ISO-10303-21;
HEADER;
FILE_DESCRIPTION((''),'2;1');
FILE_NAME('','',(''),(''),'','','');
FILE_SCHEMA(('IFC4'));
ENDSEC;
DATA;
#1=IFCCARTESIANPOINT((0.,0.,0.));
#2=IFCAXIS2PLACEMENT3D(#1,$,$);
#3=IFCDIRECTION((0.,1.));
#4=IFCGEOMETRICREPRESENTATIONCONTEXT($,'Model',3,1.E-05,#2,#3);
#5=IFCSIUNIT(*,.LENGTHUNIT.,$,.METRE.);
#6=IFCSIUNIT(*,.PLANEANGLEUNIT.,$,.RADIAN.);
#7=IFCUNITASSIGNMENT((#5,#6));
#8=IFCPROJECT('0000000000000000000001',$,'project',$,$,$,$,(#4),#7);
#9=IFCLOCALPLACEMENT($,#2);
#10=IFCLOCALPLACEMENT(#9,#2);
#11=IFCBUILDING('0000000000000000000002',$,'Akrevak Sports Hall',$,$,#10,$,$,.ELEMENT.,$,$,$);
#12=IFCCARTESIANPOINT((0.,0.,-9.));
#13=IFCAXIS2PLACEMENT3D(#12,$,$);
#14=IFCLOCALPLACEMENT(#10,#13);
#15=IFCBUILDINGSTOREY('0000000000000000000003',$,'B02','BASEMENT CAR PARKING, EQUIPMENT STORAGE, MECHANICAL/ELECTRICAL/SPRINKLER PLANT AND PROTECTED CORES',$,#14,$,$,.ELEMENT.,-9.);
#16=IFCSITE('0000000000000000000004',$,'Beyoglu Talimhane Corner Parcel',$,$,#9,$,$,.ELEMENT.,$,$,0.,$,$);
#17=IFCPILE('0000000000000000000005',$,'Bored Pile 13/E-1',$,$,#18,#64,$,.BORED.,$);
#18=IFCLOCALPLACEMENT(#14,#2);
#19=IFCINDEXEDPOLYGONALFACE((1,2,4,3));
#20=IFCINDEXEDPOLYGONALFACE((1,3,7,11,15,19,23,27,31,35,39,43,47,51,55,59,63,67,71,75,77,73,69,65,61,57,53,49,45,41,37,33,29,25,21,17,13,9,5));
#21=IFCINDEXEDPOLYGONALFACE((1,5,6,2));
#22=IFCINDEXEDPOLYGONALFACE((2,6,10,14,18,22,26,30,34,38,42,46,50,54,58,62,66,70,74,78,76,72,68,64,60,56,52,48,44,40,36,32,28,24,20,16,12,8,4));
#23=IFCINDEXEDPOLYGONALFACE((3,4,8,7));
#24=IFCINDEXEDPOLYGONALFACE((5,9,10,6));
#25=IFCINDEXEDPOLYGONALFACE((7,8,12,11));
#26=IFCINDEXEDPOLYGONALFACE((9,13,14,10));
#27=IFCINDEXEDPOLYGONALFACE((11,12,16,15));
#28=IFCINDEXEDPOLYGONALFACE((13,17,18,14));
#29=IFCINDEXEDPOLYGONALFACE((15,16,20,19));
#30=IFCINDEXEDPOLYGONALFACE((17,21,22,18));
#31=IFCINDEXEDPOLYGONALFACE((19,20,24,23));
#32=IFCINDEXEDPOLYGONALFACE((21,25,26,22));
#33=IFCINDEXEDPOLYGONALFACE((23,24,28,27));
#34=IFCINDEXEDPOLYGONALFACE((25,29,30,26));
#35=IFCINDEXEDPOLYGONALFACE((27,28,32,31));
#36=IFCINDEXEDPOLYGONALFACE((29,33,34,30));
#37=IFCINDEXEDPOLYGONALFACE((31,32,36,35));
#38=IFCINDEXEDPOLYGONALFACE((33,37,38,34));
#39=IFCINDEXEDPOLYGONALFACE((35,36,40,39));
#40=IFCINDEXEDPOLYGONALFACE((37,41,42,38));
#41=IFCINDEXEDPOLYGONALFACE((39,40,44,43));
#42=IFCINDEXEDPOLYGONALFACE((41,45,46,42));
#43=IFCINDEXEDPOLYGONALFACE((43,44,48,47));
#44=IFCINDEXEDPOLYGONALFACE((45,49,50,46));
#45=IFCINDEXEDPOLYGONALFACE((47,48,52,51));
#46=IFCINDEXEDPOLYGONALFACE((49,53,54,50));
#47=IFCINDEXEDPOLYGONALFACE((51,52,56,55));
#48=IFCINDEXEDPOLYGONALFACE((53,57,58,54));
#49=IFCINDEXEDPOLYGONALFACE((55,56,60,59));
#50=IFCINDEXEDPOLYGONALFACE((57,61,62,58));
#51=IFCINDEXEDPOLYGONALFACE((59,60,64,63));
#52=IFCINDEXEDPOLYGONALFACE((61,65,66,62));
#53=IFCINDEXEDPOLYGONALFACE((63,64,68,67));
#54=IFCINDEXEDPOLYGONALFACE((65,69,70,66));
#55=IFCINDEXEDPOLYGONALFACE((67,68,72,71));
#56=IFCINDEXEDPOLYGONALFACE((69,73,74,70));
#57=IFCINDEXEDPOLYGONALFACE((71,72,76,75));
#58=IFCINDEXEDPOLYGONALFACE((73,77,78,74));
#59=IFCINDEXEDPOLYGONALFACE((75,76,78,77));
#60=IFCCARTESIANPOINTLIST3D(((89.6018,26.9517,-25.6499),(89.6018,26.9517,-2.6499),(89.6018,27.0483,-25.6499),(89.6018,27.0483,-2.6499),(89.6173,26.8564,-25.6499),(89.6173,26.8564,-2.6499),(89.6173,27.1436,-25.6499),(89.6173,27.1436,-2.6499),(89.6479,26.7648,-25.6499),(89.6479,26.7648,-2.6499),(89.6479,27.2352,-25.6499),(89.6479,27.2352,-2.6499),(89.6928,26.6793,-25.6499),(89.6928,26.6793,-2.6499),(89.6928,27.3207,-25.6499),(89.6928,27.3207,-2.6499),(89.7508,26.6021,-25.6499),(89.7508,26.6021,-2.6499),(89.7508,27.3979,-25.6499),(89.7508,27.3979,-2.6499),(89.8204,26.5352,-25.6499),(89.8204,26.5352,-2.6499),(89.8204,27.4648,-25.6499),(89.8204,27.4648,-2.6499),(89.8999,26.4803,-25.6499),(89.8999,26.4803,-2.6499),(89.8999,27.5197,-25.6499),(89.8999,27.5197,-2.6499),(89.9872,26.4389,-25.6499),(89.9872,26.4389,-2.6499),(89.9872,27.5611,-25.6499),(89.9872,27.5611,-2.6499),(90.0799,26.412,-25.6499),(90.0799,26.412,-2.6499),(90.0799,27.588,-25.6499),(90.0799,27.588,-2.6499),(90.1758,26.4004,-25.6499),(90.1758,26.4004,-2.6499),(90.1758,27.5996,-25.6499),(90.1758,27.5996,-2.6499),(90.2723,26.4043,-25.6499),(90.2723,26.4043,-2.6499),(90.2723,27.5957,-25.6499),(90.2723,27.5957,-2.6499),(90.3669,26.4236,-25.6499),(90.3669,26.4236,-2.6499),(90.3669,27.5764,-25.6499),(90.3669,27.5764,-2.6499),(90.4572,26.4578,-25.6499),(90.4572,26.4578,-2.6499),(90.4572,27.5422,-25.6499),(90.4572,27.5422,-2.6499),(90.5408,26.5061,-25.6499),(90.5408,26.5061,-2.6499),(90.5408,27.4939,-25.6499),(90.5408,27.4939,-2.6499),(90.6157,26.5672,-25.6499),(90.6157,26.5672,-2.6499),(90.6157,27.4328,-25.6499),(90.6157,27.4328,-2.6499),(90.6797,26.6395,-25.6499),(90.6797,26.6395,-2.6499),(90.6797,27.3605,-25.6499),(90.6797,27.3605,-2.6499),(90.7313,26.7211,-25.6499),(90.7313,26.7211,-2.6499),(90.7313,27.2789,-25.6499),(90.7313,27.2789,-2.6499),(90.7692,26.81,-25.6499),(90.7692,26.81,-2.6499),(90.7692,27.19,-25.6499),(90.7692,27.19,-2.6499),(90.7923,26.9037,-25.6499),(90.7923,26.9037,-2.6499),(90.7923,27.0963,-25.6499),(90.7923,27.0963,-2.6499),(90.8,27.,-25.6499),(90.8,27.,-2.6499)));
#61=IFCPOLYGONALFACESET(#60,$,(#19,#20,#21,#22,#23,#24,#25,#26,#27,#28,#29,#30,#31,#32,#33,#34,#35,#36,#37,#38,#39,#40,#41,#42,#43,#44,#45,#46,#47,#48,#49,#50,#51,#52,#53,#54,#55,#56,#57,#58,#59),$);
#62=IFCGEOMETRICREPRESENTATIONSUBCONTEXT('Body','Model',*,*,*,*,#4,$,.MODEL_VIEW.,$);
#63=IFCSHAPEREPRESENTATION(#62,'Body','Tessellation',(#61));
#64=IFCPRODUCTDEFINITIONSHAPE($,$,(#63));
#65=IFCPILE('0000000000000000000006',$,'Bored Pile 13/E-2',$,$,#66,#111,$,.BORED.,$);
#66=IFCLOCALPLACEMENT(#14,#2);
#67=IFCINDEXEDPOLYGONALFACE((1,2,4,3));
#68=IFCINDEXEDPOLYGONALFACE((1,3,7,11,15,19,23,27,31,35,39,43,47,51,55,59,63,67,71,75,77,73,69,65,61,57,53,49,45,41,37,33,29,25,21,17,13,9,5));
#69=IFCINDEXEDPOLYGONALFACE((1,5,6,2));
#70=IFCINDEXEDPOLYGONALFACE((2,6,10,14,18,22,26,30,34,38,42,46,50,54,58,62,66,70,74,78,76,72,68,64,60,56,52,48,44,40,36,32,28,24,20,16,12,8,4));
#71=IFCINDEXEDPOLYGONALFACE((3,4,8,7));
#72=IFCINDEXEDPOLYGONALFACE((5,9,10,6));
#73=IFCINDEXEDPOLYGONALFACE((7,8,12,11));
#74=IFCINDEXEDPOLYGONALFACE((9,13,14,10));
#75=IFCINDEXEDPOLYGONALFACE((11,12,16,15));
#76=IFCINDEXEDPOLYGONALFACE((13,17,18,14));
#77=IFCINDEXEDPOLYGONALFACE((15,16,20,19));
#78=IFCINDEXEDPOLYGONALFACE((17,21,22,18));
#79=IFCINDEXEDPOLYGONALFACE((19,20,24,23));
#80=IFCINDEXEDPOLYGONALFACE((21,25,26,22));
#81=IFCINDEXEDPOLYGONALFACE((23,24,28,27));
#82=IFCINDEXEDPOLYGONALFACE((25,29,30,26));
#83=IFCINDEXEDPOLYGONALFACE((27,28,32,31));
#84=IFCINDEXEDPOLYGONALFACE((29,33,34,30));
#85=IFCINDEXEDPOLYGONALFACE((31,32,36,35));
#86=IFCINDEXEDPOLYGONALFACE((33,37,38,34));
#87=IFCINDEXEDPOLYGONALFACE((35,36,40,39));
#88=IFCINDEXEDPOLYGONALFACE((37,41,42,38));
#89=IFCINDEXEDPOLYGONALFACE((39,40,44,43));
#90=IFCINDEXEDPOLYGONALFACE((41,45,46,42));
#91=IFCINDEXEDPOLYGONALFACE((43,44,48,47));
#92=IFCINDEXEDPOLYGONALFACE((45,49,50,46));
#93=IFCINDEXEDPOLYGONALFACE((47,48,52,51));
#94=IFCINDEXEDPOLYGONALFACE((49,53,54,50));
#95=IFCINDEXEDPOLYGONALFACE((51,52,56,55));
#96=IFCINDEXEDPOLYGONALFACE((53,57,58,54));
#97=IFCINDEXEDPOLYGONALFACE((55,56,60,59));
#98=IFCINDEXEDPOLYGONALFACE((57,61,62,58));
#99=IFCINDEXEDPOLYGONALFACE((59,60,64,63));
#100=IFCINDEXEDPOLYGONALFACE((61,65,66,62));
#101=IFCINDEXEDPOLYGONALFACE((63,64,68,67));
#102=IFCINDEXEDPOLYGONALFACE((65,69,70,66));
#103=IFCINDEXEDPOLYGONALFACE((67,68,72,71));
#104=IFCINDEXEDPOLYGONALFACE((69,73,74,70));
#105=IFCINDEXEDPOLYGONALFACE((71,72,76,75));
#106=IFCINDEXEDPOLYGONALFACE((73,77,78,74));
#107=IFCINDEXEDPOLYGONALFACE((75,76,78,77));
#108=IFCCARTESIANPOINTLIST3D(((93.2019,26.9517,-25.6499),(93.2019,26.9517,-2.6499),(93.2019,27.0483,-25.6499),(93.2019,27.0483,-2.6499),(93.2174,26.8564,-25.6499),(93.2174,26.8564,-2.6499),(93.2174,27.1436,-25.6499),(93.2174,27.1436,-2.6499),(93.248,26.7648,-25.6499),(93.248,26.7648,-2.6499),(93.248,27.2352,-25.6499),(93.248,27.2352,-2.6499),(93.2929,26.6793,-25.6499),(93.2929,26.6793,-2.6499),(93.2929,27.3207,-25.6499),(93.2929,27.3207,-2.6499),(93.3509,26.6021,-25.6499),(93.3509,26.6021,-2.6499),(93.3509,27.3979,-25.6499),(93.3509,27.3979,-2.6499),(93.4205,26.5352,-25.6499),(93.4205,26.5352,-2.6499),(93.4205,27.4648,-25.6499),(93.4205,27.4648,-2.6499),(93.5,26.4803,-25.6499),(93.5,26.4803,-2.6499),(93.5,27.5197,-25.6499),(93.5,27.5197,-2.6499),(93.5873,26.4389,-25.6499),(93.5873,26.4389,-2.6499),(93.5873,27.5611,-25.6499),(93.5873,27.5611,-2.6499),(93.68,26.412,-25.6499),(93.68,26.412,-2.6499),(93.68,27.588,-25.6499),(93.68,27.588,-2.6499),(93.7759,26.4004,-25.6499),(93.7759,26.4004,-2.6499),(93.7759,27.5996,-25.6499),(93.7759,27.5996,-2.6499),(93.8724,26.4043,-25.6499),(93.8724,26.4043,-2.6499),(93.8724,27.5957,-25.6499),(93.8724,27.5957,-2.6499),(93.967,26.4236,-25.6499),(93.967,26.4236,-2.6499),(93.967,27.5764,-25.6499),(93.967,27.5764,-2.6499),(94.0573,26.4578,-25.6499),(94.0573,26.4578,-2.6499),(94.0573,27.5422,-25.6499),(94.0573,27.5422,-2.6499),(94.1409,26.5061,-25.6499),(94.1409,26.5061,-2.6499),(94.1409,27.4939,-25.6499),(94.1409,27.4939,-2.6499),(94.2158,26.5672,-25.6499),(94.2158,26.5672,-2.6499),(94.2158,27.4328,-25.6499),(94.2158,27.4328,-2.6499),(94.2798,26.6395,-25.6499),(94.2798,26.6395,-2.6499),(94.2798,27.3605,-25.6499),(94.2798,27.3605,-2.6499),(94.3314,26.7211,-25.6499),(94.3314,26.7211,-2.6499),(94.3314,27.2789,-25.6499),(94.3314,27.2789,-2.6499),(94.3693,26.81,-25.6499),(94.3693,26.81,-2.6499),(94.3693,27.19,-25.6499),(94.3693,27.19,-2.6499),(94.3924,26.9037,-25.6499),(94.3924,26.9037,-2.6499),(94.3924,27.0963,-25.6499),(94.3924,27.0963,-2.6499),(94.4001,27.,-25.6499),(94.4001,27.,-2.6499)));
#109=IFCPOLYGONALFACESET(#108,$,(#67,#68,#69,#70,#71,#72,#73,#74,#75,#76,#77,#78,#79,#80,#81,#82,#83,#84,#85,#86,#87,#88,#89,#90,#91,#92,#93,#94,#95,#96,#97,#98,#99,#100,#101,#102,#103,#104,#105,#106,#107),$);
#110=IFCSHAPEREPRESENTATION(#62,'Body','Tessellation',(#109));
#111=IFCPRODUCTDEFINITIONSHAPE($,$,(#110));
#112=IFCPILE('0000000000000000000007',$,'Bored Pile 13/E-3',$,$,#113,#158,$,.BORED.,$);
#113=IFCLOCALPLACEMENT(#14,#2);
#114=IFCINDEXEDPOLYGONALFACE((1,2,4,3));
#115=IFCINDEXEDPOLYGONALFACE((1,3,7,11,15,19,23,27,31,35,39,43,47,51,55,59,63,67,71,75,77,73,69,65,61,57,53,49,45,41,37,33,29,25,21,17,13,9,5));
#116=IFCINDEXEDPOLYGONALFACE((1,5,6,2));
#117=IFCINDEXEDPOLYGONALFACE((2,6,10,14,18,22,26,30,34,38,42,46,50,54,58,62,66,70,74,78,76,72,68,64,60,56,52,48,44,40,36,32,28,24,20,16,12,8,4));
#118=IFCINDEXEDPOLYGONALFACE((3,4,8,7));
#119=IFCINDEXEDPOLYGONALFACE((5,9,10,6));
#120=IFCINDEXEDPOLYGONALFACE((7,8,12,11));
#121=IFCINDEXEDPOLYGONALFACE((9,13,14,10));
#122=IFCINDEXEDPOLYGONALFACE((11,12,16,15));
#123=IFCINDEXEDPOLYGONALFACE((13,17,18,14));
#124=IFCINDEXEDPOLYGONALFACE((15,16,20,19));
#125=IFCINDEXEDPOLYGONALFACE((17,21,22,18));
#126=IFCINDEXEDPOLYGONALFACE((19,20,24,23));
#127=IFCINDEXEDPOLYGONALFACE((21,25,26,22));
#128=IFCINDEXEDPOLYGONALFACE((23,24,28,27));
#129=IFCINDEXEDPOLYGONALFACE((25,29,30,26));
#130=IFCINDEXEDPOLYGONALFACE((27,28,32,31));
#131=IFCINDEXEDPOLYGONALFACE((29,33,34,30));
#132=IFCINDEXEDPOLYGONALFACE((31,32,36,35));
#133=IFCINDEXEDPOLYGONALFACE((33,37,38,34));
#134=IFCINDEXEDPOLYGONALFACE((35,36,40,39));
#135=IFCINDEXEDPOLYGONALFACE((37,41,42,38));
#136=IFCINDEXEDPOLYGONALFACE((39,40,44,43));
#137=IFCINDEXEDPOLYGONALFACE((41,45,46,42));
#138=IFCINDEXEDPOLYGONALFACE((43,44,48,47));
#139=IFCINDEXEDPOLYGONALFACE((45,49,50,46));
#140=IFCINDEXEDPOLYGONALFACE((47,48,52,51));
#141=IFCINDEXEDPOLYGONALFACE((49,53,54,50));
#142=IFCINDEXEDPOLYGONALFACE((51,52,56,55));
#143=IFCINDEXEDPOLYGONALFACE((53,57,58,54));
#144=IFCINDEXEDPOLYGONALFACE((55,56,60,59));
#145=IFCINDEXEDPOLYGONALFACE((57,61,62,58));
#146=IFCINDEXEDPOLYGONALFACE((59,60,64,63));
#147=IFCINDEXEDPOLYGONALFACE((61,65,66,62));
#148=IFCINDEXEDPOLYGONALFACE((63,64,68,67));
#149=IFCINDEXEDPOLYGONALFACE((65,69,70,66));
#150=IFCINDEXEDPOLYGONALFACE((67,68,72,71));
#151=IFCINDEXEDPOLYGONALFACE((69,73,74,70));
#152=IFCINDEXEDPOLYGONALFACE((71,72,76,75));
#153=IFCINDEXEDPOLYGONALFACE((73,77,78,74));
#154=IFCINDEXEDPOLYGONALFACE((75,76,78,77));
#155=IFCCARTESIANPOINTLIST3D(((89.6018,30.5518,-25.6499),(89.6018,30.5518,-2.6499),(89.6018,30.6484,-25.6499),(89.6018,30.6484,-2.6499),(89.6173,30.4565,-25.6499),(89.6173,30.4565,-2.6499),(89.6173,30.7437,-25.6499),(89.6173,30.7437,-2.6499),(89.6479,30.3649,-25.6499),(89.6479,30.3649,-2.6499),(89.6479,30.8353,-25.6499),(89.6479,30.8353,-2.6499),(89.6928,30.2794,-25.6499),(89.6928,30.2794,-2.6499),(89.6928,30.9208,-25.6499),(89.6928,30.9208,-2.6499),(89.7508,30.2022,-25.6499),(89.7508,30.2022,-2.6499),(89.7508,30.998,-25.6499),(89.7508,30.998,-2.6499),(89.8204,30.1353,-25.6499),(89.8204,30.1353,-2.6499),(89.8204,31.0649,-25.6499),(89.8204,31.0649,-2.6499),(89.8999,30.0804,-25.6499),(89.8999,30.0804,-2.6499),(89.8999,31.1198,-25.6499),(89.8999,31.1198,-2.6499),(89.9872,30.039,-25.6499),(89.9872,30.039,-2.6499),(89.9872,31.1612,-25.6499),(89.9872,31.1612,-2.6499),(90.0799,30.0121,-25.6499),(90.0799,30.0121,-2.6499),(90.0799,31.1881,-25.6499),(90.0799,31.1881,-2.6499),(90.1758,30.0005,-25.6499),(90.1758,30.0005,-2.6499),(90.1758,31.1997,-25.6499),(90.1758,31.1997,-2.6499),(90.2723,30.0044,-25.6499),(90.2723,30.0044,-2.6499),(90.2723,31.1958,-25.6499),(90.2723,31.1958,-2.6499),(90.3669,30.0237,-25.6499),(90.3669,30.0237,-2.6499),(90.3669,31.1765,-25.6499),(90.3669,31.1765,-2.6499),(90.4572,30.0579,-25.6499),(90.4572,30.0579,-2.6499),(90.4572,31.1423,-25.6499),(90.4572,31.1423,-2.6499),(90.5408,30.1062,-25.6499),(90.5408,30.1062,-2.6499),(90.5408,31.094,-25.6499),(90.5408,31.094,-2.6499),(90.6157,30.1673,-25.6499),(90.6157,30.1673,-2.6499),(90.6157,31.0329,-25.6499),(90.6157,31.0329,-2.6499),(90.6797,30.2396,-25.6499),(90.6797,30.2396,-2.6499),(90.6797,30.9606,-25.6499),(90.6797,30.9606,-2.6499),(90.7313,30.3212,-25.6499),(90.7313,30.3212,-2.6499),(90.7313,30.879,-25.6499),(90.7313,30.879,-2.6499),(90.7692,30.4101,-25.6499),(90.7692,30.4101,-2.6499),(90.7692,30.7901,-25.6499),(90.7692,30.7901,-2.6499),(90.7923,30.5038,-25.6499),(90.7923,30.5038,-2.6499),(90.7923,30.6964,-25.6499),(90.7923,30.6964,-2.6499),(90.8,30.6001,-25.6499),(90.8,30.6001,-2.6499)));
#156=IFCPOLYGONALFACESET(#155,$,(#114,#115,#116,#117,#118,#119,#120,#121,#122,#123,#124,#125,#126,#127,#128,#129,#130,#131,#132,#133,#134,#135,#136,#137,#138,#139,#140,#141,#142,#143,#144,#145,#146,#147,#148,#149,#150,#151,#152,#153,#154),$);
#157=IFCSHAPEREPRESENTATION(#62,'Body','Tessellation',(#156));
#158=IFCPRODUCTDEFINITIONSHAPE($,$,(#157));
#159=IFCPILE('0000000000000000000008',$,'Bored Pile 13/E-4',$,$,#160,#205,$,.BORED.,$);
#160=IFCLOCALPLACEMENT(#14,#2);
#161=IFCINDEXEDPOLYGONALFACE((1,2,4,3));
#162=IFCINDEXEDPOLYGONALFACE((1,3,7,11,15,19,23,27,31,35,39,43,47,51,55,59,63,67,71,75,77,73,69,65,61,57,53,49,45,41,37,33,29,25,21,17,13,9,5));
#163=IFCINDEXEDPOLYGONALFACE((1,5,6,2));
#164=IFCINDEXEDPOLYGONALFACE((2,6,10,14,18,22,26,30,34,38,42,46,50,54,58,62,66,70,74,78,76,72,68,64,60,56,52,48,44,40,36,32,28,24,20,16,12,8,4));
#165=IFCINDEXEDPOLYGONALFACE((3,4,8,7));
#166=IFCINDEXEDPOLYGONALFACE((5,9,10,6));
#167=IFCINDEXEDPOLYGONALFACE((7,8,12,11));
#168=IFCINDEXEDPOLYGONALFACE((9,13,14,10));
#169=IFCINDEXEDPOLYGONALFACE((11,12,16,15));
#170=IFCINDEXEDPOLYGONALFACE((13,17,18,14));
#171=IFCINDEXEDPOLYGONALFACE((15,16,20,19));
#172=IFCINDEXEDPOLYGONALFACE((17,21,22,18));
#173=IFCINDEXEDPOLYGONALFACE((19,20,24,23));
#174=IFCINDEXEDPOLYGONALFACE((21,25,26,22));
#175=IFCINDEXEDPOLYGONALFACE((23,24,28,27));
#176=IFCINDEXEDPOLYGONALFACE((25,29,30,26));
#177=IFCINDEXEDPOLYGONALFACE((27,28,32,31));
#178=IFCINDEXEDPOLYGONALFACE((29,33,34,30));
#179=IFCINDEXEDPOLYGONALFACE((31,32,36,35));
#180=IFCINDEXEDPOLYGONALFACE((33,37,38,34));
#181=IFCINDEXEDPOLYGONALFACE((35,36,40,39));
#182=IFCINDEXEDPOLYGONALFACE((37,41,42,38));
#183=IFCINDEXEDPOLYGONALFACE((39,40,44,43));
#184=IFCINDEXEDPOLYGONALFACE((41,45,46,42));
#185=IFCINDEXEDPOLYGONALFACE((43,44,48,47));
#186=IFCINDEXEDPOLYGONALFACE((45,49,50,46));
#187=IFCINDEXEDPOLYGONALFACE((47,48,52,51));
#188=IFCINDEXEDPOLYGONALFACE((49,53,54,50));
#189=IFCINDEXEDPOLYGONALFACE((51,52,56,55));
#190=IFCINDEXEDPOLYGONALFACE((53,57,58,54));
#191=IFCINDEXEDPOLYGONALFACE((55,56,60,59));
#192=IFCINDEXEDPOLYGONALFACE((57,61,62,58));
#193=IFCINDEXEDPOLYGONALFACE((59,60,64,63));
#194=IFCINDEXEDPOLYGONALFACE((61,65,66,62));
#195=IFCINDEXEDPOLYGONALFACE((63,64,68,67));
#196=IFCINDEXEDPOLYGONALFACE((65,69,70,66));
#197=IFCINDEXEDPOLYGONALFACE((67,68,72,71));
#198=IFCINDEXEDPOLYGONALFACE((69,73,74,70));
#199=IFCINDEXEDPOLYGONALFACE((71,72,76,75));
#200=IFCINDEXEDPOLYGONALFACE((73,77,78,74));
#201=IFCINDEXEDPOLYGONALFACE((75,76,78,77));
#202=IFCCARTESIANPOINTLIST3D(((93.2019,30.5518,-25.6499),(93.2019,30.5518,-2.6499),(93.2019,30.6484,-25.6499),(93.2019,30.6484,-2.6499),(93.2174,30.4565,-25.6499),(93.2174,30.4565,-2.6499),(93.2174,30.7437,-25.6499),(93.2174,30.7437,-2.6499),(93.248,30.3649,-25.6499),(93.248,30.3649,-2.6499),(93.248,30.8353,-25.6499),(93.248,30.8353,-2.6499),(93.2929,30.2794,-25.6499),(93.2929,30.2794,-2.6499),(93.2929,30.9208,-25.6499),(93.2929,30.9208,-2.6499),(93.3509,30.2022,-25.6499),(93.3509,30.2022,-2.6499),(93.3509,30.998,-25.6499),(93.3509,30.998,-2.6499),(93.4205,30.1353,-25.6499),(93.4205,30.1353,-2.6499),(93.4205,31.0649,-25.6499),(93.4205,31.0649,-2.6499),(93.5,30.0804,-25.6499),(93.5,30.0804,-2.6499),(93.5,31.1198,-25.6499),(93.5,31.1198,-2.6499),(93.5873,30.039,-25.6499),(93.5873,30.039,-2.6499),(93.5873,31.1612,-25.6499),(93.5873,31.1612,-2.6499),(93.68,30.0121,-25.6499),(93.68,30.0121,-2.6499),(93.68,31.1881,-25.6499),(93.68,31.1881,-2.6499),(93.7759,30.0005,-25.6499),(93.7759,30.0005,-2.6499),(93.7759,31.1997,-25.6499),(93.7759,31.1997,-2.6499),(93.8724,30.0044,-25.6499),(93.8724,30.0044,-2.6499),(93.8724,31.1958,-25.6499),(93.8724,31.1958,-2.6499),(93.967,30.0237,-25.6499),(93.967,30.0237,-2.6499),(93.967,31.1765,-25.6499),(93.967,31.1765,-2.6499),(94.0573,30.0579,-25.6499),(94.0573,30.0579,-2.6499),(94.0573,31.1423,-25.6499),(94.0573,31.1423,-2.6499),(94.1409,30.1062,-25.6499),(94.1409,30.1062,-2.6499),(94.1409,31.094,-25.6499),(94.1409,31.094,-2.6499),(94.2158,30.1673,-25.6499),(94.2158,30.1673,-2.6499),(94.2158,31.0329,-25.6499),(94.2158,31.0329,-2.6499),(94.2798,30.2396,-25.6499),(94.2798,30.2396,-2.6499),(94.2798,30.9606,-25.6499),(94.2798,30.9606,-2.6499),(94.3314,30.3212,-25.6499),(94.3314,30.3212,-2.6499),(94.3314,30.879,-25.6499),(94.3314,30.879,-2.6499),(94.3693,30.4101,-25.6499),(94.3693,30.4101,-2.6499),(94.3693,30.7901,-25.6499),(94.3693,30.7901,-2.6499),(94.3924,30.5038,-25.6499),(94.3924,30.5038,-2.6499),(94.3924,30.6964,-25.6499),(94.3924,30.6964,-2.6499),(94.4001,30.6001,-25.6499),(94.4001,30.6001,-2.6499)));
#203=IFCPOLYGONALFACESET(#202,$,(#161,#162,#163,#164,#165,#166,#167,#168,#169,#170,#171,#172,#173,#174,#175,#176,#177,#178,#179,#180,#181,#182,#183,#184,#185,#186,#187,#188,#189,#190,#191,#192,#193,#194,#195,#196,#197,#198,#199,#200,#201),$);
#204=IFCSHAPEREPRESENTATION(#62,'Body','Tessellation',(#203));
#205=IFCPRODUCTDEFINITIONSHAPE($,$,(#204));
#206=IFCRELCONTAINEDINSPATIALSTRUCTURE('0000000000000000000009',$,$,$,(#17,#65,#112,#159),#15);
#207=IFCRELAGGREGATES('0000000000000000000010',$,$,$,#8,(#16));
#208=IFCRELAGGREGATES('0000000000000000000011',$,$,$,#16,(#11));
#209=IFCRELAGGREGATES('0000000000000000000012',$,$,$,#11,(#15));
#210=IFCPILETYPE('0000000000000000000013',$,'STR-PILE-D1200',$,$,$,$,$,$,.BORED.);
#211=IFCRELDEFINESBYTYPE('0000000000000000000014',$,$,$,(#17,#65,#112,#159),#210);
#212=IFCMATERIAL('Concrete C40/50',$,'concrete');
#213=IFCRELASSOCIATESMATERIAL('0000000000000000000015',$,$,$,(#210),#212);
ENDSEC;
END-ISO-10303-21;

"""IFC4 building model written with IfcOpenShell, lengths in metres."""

from ifc_helpers import new_model, si_unit, direction, frame, origin, origin_2d, place, context, subcontext, project, spatial, circle, extrude, material, material_profile, profile_set, type_object, element, save


model = new_model("IFC4")

# Units and contexts
model_context = context("Model", 3, precision=1e-05, world=origin(), true_north=direction((0.0, 1.0)))
body_context = subcontext(model_context, "Body", "Model", "MODEL_VIEW")
ifc_project = project(units=[si_unit("LENGTHUNIT", "METRE"), si_unit("PLANEANGLEUNIT", "RADIAN")], contexts=[model_context])

# Site, building, storey
site_placement = place(None, origin())
site = spatial("IfcSite", under=ifc_project, at=site_placement, Name="Beyoglu Talimhane Corner Parcel", CompositionType="ELEMENT", RefElevation=0.0)
building_placement = place(site_placement, origin())
building = spatial("IfcBuilding", under=site, at=building_placement, Name="Akrevak Sports Hall", CompositionType="ELEMENT")
storey_placement = place(building_placement, frame((0.0, 0.0, -9.0)))
storey = spatial("IfcBuildingStorey", under=building, at=storey_placement, Name="B02", Description="BASEMENT CAR PARKING, EQUIPMENT STORAGE, MECHANICAL/ELECTRICAL/SPRINKLER PLANT AND PROTECTED CORES", CompositionType="ELEMENT", Elevation=-9.0)

# Shared definitions
ifc_material_1 = material(Name="Concrete C40/50", Category="concrete")

# Piles
ifc_material_profile_1 = material_profile(ifc_material_1, circle(Radius=0.6001, at=origin_2d()), Name="BORED PILE D1200", Category="concrete")
ifc_profile_set_1 = profile_set([ifc_material_profile_1], Name="Concrete C40/50")
pile_type_1 = type_object("IfcPileType", Name="STR-PILE-D1200", PredefinedType="BORED", material=ifc_profile_set_1)
for number, where, z_axis, x_axis, name in (
    (1, (90.2, 27.0, -2.6499), (0.0, 0.0, -1.0), (1.0, 0.0, 0.0), "Bored Pile 13/E-1"),
    (2, (93.8, 27.0, -2.6499), (0.0, 0.0, -1.0), (1.0, 0.0, 0.0), "Bored Pile 13/E-2"),
    (3, (90.2, 30.6001, -2.6499), (0.0, 0.0, -1.0), (1.0, 0.0, 0.0), "Bored Pile 13/E-3"),
    (4, (93.8, 30.6001, -2.6499), (0.0, 0.0, -1.0), (1.0, 0.0, 0.0), "Bored Pile 13/E-4"),
):
    element("IfcPile", number, at=place(storey_placement, frame(where, z_axis=z_axis, x_axis=x_axis)), inside=storey, type_object=pile_type_1, Name=name, PredefinedType="BORED", context=body_context, shape_type="SweptSolid", body=[
        extrude(circle(Radius=0.6001, at=origin_2d()), origin(), (0.0, 0.0, 1.0), 23.0),
    ])

save(model, "model.ifc")
